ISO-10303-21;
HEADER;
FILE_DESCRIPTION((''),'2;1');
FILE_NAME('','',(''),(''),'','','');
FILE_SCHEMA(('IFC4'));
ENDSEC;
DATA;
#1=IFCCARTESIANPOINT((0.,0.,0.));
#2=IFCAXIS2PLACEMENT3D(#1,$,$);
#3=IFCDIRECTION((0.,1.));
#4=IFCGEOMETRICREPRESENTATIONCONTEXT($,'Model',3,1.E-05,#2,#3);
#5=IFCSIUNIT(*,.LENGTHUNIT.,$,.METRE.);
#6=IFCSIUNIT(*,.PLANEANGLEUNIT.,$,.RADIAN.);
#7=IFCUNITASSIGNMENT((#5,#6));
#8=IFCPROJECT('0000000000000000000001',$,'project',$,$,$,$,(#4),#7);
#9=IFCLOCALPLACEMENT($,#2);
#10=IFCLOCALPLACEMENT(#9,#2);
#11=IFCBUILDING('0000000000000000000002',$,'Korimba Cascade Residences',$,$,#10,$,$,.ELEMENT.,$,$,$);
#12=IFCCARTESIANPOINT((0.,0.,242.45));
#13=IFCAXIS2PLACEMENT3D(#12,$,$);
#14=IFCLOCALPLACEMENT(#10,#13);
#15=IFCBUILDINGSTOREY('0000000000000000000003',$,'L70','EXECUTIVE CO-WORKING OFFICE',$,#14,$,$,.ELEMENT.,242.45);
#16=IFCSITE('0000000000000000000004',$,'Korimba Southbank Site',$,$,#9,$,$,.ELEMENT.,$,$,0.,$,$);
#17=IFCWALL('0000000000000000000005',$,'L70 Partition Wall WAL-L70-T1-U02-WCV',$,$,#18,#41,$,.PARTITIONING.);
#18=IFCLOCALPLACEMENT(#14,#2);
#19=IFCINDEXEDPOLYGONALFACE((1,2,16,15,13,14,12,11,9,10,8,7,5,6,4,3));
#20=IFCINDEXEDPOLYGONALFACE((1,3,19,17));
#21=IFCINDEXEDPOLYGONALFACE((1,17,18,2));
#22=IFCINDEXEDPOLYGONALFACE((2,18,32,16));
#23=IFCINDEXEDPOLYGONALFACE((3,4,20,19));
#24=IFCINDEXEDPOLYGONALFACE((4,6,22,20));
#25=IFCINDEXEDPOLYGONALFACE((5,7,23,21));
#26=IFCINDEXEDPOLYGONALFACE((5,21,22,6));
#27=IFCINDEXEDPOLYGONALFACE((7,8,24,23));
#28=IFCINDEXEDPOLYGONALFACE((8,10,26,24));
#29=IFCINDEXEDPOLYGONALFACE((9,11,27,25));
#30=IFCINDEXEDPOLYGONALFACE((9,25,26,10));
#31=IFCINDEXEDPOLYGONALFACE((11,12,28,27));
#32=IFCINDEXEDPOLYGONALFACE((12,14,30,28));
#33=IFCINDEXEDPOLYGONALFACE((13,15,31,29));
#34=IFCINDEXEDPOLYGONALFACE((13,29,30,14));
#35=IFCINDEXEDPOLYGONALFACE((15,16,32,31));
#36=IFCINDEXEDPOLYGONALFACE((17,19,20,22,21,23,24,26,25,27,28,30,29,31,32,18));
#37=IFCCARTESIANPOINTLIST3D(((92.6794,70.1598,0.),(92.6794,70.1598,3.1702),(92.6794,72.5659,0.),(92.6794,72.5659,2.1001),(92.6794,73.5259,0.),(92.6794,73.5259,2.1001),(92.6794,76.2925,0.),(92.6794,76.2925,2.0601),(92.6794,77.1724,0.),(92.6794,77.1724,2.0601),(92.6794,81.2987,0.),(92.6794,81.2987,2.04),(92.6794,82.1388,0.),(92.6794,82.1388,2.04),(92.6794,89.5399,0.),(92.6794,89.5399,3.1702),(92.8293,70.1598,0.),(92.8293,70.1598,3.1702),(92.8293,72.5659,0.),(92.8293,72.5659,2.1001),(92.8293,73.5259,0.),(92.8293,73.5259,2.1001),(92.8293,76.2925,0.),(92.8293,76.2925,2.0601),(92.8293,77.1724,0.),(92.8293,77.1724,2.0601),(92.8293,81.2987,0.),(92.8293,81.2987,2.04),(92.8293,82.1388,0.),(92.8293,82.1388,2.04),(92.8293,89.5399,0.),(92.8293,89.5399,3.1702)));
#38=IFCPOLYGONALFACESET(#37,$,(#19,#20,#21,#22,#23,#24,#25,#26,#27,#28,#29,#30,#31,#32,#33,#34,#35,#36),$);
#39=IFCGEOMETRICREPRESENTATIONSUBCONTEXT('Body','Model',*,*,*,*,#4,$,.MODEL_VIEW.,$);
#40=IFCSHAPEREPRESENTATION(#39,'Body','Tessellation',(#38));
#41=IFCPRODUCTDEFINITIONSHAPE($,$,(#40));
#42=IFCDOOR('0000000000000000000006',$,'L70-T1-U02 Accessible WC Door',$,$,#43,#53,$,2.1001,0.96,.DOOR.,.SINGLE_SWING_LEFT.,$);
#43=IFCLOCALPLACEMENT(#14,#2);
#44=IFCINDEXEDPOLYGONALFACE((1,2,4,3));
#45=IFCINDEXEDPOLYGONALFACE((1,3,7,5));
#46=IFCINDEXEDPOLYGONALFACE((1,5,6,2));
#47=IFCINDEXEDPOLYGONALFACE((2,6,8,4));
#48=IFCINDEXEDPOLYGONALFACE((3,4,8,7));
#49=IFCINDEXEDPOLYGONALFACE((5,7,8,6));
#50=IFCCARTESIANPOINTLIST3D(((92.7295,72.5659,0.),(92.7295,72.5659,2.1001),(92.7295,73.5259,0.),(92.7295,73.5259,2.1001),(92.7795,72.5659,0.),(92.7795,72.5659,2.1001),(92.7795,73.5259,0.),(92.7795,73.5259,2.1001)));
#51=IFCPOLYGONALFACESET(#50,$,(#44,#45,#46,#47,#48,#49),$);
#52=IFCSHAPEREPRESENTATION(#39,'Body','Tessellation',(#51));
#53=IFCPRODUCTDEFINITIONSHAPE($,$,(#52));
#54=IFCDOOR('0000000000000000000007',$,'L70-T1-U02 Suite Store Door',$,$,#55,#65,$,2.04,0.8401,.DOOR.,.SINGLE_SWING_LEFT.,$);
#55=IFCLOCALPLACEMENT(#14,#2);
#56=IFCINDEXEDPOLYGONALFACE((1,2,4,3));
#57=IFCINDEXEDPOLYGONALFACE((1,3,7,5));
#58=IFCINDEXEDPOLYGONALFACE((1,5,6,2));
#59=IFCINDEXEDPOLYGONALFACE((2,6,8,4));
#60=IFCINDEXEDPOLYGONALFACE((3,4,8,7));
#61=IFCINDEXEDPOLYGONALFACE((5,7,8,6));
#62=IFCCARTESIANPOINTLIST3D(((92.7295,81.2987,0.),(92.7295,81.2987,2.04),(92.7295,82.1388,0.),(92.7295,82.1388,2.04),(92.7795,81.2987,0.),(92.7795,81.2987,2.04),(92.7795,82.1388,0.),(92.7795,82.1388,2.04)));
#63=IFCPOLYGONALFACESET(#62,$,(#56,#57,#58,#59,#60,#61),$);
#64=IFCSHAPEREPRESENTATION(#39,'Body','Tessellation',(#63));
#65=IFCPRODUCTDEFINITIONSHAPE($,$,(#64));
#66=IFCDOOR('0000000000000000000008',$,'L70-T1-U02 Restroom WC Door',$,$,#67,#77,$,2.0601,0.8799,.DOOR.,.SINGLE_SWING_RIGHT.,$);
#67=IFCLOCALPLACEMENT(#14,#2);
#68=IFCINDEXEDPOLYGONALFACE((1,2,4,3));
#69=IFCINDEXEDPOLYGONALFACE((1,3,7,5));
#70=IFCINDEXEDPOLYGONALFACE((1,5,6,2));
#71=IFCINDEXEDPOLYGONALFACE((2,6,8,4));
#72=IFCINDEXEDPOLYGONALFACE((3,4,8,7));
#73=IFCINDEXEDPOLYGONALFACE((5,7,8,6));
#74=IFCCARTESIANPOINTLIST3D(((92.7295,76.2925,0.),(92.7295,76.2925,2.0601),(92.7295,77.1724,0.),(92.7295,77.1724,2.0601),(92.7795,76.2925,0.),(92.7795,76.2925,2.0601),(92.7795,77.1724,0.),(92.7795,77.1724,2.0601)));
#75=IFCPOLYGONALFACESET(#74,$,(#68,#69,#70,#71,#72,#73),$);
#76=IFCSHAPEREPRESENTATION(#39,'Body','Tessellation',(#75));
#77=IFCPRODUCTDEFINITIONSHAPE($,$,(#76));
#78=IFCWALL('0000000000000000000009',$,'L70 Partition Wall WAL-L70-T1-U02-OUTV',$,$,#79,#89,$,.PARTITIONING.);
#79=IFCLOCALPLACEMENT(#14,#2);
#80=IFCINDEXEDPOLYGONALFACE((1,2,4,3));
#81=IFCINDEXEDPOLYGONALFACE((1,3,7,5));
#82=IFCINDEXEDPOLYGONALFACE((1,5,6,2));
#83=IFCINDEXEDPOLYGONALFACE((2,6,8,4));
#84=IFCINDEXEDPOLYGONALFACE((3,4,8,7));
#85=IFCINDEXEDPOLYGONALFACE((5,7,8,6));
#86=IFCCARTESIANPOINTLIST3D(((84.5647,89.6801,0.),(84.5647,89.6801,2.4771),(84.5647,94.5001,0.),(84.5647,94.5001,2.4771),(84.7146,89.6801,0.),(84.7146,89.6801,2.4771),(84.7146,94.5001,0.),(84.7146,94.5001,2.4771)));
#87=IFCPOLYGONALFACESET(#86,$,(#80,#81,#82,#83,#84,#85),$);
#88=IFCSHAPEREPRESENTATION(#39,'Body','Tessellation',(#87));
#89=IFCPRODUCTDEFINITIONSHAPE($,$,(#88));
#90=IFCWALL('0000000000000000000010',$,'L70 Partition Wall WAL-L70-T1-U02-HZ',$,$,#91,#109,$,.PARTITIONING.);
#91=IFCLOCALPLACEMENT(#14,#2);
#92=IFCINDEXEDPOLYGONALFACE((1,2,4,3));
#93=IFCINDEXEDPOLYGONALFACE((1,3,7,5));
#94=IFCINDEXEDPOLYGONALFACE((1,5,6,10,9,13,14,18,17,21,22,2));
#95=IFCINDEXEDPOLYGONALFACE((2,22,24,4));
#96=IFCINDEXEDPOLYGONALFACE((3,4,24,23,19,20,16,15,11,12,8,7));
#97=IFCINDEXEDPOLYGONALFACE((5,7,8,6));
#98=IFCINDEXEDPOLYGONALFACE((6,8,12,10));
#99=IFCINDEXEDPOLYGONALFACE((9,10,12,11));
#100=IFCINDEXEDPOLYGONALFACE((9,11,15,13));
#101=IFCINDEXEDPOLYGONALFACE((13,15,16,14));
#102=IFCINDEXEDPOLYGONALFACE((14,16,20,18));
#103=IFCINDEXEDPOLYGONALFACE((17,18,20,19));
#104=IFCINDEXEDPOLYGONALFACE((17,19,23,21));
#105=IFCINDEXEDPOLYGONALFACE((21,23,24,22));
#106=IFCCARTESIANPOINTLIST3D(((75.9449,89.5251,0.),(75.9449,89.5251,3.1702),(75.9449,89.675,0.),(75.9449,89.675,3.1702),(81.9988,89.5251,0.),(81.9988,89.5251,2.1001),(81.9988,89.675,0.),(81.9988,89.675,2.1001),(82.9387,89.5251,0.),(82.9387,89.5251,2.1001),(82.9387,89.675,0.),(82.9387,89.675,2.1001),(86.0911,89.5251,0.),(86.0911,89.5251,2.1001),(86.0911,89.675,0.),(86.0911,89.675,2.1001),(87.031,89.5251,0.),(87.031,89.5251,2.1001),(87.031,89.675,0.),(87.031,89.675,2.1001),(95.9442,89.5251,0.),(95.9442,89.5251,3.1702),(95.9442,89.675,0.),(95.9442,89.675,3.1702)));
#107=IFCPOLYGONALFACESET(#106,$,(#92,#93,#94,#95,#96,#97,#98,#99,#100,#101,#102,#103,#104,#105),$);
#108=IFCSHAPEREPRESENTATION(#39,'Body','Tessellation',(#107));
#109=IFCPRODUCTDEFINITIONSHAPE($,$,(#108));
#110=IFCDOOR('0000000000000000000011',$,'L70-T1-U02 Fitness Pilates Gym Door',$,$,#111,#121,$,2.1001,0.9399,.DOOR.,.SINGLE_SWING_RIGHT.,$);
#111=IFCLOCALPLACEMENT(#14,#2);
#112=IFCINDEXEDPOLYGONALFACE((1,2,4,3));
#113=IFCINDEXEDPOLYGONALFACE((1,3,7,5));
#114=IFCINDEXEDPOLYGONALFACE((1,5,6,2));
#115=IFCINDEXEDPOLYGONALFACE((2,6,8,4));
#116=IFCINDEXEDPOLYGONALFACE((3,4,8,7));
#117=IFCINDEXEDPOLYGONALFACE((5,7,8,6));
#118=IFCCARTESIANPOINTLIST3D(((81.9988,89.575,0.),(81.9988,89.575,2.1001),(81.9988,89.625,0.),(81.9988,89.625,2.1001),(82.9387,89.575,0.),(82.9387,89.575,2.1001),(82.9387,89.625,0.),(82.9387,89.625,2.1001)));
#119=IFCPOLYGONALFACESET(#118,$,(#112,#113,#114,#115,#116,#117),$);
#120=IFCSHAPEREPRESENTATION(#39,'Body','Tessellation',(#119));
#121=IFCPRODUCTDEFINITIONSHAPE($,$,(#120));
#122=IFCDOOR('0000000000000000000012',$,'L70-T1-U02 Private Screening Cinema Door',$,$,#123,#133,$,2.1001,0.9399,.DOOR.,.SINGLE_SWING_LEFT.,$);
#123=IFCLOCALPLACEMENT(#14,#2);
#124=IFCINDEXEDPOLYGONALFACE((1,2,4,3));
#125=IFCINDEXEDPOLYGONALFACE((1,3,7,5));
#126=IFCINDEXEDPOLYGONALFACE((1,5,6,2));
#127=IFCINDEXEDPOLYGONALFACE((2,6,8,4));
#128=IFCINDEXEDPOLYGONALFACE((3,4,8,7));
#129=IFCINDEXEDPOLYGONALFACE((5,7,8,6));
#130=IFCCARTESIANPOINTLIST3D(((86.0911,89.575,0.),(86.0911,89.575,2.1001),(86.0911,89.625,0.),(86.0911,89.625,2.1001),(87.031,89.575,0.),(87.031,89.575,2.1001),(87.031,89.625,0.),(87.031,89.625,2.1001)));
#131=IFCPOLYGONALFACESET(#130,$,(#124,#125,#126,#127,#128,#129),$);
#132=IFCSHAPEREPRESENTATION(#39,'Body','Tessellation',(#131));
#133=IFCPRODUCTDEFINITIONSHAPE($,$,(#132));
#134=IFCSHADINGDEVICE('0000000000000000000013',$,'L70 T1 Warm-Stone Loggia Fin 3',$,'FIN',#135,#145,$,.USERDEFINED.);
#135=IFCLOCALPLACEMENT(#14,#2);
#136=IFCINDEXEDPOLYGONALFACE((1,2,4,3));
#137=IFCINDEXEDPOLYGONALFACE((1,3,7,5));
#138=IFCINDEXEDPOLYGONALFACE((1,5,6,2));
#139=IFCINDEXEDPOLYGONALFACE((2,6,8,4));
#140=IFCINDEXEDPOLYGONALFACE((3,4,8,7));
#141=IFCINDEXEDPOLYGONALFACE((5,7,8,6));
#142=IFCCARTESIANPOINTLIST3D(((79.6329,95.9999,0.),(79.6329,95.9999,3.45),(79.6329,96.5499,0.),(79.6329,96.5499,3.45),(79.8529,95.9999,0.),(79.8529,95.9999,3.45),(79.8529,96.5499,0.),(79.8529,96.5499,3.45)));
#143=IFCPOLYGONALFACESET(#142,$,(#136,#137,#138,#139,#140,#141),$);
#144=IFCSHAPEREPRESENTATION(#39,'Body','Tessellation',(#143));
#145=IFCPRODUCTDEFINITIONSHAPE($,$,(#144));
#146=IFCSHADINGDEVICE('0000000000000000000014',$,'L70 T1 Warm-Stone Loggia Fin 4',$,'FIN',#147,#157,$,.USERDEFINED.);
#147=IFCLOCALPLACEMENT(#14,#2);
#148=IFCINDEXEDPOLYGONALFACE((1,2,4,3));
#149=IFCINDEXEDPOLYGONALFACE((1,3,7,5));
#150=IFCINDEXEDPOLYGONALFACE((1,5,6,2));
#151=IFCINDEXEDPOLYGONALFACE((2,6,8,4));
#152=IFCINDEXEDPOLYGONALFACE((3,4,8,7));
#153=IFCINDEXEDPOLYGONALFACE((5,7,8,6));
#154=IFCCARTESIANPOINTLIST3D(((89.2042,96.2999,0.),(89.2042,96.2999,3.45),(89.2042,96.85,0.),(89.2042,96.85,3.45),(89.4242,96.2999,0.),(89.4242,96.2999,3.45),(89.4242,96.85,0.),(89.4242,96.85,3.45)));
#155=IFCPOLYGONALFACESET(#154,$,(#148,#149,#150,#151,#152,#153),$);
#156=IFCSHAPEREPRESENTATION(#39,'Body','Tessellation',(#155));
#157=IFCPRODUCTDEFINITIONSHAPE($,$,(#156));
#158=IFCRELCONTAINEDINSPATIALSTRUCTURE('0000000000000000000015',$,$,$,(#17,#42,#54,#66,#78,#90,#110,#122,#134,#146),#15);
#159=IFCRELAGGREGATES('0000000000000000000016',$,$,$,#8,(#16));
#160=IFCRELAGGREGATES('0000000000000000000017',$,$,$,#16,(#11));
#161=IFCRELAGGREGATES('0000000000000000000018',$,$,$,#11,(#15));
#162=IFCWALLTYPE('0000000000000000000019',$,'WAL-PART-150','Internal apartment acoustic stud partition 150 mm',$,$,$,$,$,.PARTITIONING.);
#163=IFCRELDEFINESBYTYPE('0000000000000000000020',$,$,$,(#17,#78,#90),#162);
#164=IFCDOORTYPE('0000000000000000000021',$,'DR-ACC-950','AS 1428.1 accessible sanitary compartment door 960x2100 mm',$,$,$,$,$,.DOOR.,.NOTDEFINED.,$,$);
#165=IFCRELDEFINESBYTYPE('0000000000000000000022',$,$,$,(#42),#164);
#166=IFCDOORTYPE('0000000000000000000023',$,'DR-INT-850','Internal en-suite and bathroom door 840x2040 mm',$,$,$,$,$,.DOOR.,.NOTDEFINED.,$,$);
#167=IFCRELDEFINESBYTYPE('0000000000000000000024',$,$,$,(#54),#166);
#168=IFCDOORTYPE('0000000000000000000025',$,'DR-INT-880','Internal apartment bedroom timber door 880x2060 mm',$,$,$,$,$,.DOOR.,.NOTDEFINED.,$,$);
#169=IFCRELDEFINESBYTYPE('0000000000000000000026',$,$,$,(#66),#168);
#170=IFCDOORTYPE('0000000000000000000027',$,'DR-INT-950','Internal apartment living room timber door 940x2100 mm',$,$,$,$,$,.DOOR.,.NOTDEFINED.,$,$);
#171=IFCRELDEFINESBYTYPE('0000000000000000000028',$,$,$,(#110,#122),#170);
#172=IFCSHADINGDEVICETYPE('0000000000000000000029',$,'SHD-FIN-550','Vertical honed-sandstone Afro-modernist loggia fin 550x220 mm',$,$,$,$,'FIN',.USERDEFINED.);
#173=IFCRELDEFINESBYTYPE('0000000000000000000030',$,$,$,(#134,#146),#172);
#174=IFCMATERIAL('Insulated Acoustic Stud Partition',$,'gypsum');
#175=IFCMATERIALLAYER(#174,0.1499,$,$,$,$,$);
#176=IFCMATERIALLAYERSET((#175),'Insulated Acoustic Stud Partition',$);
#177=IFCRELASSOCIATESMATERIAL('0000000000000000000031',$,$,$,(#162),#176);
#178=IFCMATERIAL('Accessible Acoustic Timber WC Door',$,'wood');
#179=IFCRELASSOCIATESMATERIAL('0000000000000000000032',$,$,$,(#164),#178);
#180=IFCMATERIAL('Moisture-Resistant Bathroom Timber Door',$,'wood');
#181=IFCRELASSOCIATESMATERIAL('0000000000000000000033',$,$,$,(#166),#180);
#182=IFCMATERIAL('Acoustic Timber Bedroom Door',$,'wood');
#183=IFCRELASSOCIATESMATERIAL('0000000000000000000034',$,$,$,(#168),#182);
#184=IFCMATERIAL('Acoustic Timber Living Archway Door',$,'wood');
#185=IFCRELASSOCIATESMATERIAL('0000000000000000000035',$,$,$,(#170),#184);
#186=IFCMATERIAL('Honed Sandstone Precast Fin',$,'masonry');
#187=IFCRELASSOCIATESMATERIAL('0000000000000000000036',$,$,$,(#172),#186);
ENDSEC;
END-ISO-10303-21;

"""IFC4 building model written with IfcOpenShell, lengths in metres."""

from ifc_helpers import new_model, si_unit, direction, frame, frame_2d, origin, origin_2d, place, context, subcontext, project, spatial, rectangle, extrude, material, layer, layer_set, type_object, element, fill, save


model = new_model("IFC4")

# Units and contexts
model_context = context("Model", 3, precision=1e-05, world=origin(), true_north=direction((0.0, 1.0)))
body_context = subcontext(model_context, "Body", "Model", "MODEL_VIEW")
ifc_project = project(units=[si_unit("LENGTHUNIT", "METRE"), si_unit("PLANEANGLEUNIT", "RADIAN")], contexts=[model_context])

# Site, building, storey
site_placement = place(None, origin())
site = spatial("IfcSite", under=ifc_project, at=site_placement, Name="Korimba Southbank Site", CompositionType="ELEMENT", RefElevation=0.0)
building_placement = place(site_placement, origin())
building = spatial("IfcBuilding", under=site, at=building_placement, Name="Korimba Cascade Residences", CompositionType="ELEMENT")
storey_placement = place(building_placement, frame((0.0, 0.0, 242.45)))
storey = spatial("IfcBuildingStorey", under=building, at=storey_placement, Name="L70", Description="EXECUTIVE CO-WORKING OFFICE", CompositionType="ELEMENT", Elevation=242.45)

# Shared definitions
ifc_material_1 = material(Name="Insulated Acoustic Stud Partition", Category="gypsum")
ifc_layer_1 = layer(ifc_material_1, 0.1499)
ifc_layer_set_1 = layer_set([ifc_layer_1], Name="Insulated Acoustic Stud Partition")
wall_type_1 = type_object("IfcWallType", Name="WAL-PART-150", Description="Internal apartment acoustic stud partition 150 mm", PredefinedType="PARTITIONING", material=ifc_layer_set_1)

# Wall, openings, doors
wall_1_placement = place(storey_placement, frame((92.7544, 70.1599, 0.0), z_axis=(0.0, 0.0, 1.0), x_axis=(0.0, 1.0, 0.0)))
wall_1 = element("IfcWall", 1, at=wall_1_placement, inside=storey, type_object=wall_type_1, Name="L70 Partition Wall WAL-L70-T1-U02-WCV", PredefinedType="PARTITIONING", context=body_context, shape_type="SweptSolid", body=[
    extrude(rectangle(XDim=19.3801, YDim=0.1499, at=frame_2d((9.6899, 0.0))), origin(), (0.0, 0.0, 1.0), 3.1702),
])
opening_1_placement = place(wall_1_placement, frame((2.406, 0.0, 0.0)))
opening_1 = element("IfcOpeningElement", 2, at=opening_1_placement, cuts=wall_1, PredefinedType="OPENING", context=body_context, shape_type="SweptSolid", body=[
    extrude(rectangle(XDim=0.96, YDim=2.1001, at=frame_2d((0.48, 1.05))), frame((0.0, 0.085, 0.0), z_axis=(0.0, -1.0, 0.0), x_axis=(1.0, 0.0, 0.0)), (0.0, 0.0, 1.0), 0.1699),
])
opening_2_placement = place(wall_1_placement, frame((6.1326, 0.0, 0.0)))
opening_2 = element("IfcOpeningElement", 3, at=opening_2_placement, cuts=wall_1, PredefinedType="OPENING", context=body_context, shape_type="SweptSolid", body=[
    extrude(rectangle(XDim=0.8799, YDim=2.0601, at=frame_2d((0.4399, 1.03))), frame((0.0, 0.085, 0.0), z_axis=(0.0, -1.0, 0.0), x_axis=(1.0, 0.0, 0.0)), (0.0, 0.0, 1.0), 0.1699),
])
opening_3_placement = place(wall_1_placement, frame((11.1389, 0.0, 0.0)))
opening_3 = element("IfcOpeningElement", 4, at=opening_3_placement, cuts=wall_1, PredefinedType="OPENING", context=body_context, shape_type="SweptSolid", body=[
    extrude(rectangle(XDim=0.8401, YDim=2.04, at=frame_2d((0.4199, 1.02))), frame((0.0, 0.085, 0.0), z_axis=(0.0, -1.0, 0.0), x_axis=(1.0, 0.0, 0.0)), (0.0, 0.0, 1.0), 0.1699),
])
ifc_material_2 = material(Name="Accessible Acoustic Timber WC Door", Category="wood")
door_type_1 = type_object("IfcDoorType", Name="DR-ACC-950", Description="AS 1428.1 accessible sanitary compartment door 960x2100 mm", OperationType="NOTDEFINED", PredefinedType="DOOR", material=ifc_material_2)
door_1_placement = place(opening_1_placement, origin())
door_1 = element("IfcDoor", 5, at=door_1_placement, inside=storey, type_object=door_type_1, Name="L70-T1-U02 Accessible WC Door", OperationType="SINGLE_SWING_LEFT", OverallHeight=2.1001, OverallWidth=0.96, PredefinedType="DOOR", context=body_context, shape_type="SweptSolid", body=[
    extrude(rectangle(XDim=0.96, YDim=2.1001, at=frame_2d((0.48, 1.05))), frame((0.0, 0.0249, 0.0), z_axis=(0.0, -1.0, 0.0), x_axis=(1.0, 0.0, 0.0)), (0.0, 0.0, 1.0), 0.05),
])
fill(opening_1, door_1)
ifc_material_3 = material(Name="Moisture-Resistant Bathroom Timber Door", Category="wood")
door_type_2 = type_object("IfcDoorType", Name="DR-INT-850", Description="Internal en-suite and bathroom door 840x2040 mm", OperationType="NOTDEFINED", PredefinedType="DOOR", material=ifc_material_3)
door_2_placement = place(opening_3_placement, origin())
door_2 = element("IfcDoor", 6, at=door_2_placement, inside=storey, type_object=door_type_2, Name="L70-T1-U02 Suite Store Door", OperationType="SINGLE_SWING_LEFT", OverallHeight=2.04, OverallWidth=0.8401, PredefinedType="DOOR", context=body_context, shape_type="SweptSolid", body=[
    extrude(rectangle(XDim=0.8401, YDim=2.04, at=frame_2d((0.4199, 1.02))), frame((0.0, 0.0249, 0.0), z_axis=(0.0, -1.0, 0.0), x_axis=(1.0, 0.0, 0.0)), (0.0, 0.0, 1.0), 0.05),
])
fill(opening_3, door_2)
ifc_material_4 = material(Name="Acoustic Timber Bedroom Door", Category="wood")
door_type_3 = type_object("IfcDoorType", Name="DR-INT-880", Description="Internal apartment bedroom timber door 880x2060 mm", OperationType="NOTDEFINED", PredefinedType="DOOR", material=ifc_material_4)
door_3_placement = place(opening_2_placement, origin())
door_3 = element("IfcDoor", 7, at=door_3_placement, inside=storey, type_object=door_type_3, Name="L70-T1-U02 Restroom WC Door", OperationType="SINGLE_SWING_RIGHT", OverallHeight=2.0601, OverallWidth=0.8799, PredefinedType="DOOR", context=body_context, shape_type="SweptSolid", body=[
    extrude(rectangle(XDim=0.8799, YDim=2.0601, at=frame_2d((0.4399, 1.03))), frame((0.0, 0.0249, 0.0), z_axis=(0.0, -1.0, 0.0), x_axis=(1.0, 0.0, 0.0)), (0.0, 0.0, 1.0), 0.05),
])
fill(opening_2, door_3)

# Wall
wall_2_placement = place(storey_placement, frame((84.6396, 89.6799, 0.0), z_axis=(0.0, 0.0, 1.0), x_axis=(0.0, 1.0, 0.0)))
element("IfcWall", 8, at=wall_2_placement, inside=storey, type_object=wall_type_1, Name="L70 Partition Wall WAL-L70-T1-U02-OUTV", PredefinedType="PARTITIONING", context=body_context, shape_type="SweptSolid", body=[
    extrude(rectangle(XDim=4.8201, YDim=0.1499, at=frame_2d((2.4102, 0.0))), origin(), (0.0, 0.0, 1.0), 2.4771),
])

# Wall, openings, doors
wall_3_placement = place(storey_placement, frame((75.9451, 89.6001, 0.0), z_axis=(0.0, 0.0, 1.0), x_axis=(1.0, 0.0, 0.0)))
wall_3 = element("IfcWall", 9, at=wall_3_placement, inside=storey, type_object=wall_type_1, Name="L70 Partition Wall WAL-L70-T1-U02-HZ", PredefinedType="PARTITIONING", context=body_context, shape_type="SweptSolid", body=[
    extrude(rectangle(XDim=19.9993, YDim=0.1499, at=frame_2d((9.9995, 0.0))), origin(), (0.0, 0.0, 1.0), 3.1702),
])
opening_4_placement = place(wall_3_placement, frame((6.0537, 0.0, 0.0)))
opening_4 = element("IfcOpeningElement", 10, at=opening_4_placement, cuts=wall_3, PredefinedType="OPENING", context=body_context, shape_type="SweptSolid", body=[
    extrude(rectangle(XDim=0.9399, YDim=2.1001, at=frame_2d((0.47, 1.05))), frame((0.0, 0.085, 0.0), z_axis=(0.0, -1.0, 0.0), x_axis=(1.0, 0.0, 0.0)), (0.0, 0.0, 1.0), 0.1699),
])
opening_5_placement = place(wall_3_placement, frame((10.146, 0.0, 0.0)))
opening_5 = element("IfcOpeningElement", 11, at=opening_5_placement, cuts=wall_3, PredefinedType="OPENING", context=body_context, shape_type="SweptSolid", body=[
    extrude(rectangle(XDim=0.9399, YDim=2.1001, at=frame_2d((0.47, 1.05))), frame((0.0, 0.085, 0.0), z_axis=(0.0, -1.0, 0.0), x_axis=(1.0, 0.0, 0.0)), (0.0, 0.0, 1.0), 0.1699),
])
ifc_material_5 = material(Name="Acoustic Timber Living Archway Door", Category="wood")
door_type_4 = type_object("IfcDoorType", Name="DR-INT-950", Description="Internal apartment living room timber door 940x2100 mm", OperationType="NOTDEFINED", PredefinedType="DOOR", material=ifc_material_5)
door_4_placement = place(opening_4_placement, origin())
door_4 = element("IfcDoor", 12, at=door_4_placement, inside=storey, type_object=door_type_4, Name="L70-T1-U02 Fitness Pilates Gym Door", OperationType="SINGLE_SWING_RIGHT", OverallHeight=2.1001, OverallWidth=0.9399, PredefinedType="DOOR", context=body_context, shape_type="SweptSolid", body=[
    extrude(rectangle(XDim=0.9399, YDim=2.1001, at=frame_2d((0.47, 1.05))), frame((0.0, 0.0249, 0.0), z_axis=(0.0, -1.0, 0.0), x_axis=(1.0, 0.0, 0.0)), (0.0, 0.0, 1.0), 0.05),
])
fill(opening_4, door_4)
door_5_placement = place(opening_5_placement, origin())
door_5 = element("IfcDoor", 13, at=door_5_placement, inside=storey, type_object=door_type_4, Name="L70-T1-U02 Private Screening Cinema Door", OperationType="SINGLE_SWING_LEFT", OverallHeight=2.1001, OverallWidth=0.9399, PredefinedType="DOOR", context=body_context, shape_type="SweptSolid", body=[
    extrude(rectangle(XDim=0.9399, YDim=2.1001, at=frame_2d((0.47, 1.05))), frame((0.0, 0.0249, 0.0), z_axis=(0.0, -1.0, 0.0), x_axis=(1.0, 0.0, 0.0)), (0.0, 0.0, 1.0), 0.05),
])
fill(opening_5, door_5)

# Shading devices
ifc_material_6 = material(Name="Honed Sandstone Precast Fin", Category="masonry")
shading_device_type = type_object("IfcShadingDeviceType", Name="SHD-FIN-550", Description="Vertical honed-sandstone Afro-modernist loggia fin 550x220 mm", ElementType="FIN", PredefinedType="USERDEFINED", material=ifc_material_6)
for number, where, z_axis, x_axis, name in (
    (14, (79.7429, 96.2749, 0.0), (0.0, 0.0, 1.0), (1.0, 0.0, 0.0), "L70 T1 Warm-Stone Loggia Fin 3"),
    (15, (89.3142, 96.575, 0.0), (0.0, 0.0, 1.0), (1.0, 0.0, 0.0), "L70 T1 Warm-Stone Loggia Fin 4"),
):
    element("IfcShadingDevice", number, at=place(storey_placement, frame(where, z_axis=z_axis, x_axis=x_axis)), inside=storey, type_object=shading_device_type, Name=name, ObjectType="FIN", PredefinedType="USERDEFINED", context=body_context, shape_type="SweptSolid", body=[
        extrude(rectangle(XDim=0.22, YDim=0.55, at=origin_2d()), origin(), (0.0, 0.0, 1.0), 3.45),
    ])

save(model, "model.ifc")
